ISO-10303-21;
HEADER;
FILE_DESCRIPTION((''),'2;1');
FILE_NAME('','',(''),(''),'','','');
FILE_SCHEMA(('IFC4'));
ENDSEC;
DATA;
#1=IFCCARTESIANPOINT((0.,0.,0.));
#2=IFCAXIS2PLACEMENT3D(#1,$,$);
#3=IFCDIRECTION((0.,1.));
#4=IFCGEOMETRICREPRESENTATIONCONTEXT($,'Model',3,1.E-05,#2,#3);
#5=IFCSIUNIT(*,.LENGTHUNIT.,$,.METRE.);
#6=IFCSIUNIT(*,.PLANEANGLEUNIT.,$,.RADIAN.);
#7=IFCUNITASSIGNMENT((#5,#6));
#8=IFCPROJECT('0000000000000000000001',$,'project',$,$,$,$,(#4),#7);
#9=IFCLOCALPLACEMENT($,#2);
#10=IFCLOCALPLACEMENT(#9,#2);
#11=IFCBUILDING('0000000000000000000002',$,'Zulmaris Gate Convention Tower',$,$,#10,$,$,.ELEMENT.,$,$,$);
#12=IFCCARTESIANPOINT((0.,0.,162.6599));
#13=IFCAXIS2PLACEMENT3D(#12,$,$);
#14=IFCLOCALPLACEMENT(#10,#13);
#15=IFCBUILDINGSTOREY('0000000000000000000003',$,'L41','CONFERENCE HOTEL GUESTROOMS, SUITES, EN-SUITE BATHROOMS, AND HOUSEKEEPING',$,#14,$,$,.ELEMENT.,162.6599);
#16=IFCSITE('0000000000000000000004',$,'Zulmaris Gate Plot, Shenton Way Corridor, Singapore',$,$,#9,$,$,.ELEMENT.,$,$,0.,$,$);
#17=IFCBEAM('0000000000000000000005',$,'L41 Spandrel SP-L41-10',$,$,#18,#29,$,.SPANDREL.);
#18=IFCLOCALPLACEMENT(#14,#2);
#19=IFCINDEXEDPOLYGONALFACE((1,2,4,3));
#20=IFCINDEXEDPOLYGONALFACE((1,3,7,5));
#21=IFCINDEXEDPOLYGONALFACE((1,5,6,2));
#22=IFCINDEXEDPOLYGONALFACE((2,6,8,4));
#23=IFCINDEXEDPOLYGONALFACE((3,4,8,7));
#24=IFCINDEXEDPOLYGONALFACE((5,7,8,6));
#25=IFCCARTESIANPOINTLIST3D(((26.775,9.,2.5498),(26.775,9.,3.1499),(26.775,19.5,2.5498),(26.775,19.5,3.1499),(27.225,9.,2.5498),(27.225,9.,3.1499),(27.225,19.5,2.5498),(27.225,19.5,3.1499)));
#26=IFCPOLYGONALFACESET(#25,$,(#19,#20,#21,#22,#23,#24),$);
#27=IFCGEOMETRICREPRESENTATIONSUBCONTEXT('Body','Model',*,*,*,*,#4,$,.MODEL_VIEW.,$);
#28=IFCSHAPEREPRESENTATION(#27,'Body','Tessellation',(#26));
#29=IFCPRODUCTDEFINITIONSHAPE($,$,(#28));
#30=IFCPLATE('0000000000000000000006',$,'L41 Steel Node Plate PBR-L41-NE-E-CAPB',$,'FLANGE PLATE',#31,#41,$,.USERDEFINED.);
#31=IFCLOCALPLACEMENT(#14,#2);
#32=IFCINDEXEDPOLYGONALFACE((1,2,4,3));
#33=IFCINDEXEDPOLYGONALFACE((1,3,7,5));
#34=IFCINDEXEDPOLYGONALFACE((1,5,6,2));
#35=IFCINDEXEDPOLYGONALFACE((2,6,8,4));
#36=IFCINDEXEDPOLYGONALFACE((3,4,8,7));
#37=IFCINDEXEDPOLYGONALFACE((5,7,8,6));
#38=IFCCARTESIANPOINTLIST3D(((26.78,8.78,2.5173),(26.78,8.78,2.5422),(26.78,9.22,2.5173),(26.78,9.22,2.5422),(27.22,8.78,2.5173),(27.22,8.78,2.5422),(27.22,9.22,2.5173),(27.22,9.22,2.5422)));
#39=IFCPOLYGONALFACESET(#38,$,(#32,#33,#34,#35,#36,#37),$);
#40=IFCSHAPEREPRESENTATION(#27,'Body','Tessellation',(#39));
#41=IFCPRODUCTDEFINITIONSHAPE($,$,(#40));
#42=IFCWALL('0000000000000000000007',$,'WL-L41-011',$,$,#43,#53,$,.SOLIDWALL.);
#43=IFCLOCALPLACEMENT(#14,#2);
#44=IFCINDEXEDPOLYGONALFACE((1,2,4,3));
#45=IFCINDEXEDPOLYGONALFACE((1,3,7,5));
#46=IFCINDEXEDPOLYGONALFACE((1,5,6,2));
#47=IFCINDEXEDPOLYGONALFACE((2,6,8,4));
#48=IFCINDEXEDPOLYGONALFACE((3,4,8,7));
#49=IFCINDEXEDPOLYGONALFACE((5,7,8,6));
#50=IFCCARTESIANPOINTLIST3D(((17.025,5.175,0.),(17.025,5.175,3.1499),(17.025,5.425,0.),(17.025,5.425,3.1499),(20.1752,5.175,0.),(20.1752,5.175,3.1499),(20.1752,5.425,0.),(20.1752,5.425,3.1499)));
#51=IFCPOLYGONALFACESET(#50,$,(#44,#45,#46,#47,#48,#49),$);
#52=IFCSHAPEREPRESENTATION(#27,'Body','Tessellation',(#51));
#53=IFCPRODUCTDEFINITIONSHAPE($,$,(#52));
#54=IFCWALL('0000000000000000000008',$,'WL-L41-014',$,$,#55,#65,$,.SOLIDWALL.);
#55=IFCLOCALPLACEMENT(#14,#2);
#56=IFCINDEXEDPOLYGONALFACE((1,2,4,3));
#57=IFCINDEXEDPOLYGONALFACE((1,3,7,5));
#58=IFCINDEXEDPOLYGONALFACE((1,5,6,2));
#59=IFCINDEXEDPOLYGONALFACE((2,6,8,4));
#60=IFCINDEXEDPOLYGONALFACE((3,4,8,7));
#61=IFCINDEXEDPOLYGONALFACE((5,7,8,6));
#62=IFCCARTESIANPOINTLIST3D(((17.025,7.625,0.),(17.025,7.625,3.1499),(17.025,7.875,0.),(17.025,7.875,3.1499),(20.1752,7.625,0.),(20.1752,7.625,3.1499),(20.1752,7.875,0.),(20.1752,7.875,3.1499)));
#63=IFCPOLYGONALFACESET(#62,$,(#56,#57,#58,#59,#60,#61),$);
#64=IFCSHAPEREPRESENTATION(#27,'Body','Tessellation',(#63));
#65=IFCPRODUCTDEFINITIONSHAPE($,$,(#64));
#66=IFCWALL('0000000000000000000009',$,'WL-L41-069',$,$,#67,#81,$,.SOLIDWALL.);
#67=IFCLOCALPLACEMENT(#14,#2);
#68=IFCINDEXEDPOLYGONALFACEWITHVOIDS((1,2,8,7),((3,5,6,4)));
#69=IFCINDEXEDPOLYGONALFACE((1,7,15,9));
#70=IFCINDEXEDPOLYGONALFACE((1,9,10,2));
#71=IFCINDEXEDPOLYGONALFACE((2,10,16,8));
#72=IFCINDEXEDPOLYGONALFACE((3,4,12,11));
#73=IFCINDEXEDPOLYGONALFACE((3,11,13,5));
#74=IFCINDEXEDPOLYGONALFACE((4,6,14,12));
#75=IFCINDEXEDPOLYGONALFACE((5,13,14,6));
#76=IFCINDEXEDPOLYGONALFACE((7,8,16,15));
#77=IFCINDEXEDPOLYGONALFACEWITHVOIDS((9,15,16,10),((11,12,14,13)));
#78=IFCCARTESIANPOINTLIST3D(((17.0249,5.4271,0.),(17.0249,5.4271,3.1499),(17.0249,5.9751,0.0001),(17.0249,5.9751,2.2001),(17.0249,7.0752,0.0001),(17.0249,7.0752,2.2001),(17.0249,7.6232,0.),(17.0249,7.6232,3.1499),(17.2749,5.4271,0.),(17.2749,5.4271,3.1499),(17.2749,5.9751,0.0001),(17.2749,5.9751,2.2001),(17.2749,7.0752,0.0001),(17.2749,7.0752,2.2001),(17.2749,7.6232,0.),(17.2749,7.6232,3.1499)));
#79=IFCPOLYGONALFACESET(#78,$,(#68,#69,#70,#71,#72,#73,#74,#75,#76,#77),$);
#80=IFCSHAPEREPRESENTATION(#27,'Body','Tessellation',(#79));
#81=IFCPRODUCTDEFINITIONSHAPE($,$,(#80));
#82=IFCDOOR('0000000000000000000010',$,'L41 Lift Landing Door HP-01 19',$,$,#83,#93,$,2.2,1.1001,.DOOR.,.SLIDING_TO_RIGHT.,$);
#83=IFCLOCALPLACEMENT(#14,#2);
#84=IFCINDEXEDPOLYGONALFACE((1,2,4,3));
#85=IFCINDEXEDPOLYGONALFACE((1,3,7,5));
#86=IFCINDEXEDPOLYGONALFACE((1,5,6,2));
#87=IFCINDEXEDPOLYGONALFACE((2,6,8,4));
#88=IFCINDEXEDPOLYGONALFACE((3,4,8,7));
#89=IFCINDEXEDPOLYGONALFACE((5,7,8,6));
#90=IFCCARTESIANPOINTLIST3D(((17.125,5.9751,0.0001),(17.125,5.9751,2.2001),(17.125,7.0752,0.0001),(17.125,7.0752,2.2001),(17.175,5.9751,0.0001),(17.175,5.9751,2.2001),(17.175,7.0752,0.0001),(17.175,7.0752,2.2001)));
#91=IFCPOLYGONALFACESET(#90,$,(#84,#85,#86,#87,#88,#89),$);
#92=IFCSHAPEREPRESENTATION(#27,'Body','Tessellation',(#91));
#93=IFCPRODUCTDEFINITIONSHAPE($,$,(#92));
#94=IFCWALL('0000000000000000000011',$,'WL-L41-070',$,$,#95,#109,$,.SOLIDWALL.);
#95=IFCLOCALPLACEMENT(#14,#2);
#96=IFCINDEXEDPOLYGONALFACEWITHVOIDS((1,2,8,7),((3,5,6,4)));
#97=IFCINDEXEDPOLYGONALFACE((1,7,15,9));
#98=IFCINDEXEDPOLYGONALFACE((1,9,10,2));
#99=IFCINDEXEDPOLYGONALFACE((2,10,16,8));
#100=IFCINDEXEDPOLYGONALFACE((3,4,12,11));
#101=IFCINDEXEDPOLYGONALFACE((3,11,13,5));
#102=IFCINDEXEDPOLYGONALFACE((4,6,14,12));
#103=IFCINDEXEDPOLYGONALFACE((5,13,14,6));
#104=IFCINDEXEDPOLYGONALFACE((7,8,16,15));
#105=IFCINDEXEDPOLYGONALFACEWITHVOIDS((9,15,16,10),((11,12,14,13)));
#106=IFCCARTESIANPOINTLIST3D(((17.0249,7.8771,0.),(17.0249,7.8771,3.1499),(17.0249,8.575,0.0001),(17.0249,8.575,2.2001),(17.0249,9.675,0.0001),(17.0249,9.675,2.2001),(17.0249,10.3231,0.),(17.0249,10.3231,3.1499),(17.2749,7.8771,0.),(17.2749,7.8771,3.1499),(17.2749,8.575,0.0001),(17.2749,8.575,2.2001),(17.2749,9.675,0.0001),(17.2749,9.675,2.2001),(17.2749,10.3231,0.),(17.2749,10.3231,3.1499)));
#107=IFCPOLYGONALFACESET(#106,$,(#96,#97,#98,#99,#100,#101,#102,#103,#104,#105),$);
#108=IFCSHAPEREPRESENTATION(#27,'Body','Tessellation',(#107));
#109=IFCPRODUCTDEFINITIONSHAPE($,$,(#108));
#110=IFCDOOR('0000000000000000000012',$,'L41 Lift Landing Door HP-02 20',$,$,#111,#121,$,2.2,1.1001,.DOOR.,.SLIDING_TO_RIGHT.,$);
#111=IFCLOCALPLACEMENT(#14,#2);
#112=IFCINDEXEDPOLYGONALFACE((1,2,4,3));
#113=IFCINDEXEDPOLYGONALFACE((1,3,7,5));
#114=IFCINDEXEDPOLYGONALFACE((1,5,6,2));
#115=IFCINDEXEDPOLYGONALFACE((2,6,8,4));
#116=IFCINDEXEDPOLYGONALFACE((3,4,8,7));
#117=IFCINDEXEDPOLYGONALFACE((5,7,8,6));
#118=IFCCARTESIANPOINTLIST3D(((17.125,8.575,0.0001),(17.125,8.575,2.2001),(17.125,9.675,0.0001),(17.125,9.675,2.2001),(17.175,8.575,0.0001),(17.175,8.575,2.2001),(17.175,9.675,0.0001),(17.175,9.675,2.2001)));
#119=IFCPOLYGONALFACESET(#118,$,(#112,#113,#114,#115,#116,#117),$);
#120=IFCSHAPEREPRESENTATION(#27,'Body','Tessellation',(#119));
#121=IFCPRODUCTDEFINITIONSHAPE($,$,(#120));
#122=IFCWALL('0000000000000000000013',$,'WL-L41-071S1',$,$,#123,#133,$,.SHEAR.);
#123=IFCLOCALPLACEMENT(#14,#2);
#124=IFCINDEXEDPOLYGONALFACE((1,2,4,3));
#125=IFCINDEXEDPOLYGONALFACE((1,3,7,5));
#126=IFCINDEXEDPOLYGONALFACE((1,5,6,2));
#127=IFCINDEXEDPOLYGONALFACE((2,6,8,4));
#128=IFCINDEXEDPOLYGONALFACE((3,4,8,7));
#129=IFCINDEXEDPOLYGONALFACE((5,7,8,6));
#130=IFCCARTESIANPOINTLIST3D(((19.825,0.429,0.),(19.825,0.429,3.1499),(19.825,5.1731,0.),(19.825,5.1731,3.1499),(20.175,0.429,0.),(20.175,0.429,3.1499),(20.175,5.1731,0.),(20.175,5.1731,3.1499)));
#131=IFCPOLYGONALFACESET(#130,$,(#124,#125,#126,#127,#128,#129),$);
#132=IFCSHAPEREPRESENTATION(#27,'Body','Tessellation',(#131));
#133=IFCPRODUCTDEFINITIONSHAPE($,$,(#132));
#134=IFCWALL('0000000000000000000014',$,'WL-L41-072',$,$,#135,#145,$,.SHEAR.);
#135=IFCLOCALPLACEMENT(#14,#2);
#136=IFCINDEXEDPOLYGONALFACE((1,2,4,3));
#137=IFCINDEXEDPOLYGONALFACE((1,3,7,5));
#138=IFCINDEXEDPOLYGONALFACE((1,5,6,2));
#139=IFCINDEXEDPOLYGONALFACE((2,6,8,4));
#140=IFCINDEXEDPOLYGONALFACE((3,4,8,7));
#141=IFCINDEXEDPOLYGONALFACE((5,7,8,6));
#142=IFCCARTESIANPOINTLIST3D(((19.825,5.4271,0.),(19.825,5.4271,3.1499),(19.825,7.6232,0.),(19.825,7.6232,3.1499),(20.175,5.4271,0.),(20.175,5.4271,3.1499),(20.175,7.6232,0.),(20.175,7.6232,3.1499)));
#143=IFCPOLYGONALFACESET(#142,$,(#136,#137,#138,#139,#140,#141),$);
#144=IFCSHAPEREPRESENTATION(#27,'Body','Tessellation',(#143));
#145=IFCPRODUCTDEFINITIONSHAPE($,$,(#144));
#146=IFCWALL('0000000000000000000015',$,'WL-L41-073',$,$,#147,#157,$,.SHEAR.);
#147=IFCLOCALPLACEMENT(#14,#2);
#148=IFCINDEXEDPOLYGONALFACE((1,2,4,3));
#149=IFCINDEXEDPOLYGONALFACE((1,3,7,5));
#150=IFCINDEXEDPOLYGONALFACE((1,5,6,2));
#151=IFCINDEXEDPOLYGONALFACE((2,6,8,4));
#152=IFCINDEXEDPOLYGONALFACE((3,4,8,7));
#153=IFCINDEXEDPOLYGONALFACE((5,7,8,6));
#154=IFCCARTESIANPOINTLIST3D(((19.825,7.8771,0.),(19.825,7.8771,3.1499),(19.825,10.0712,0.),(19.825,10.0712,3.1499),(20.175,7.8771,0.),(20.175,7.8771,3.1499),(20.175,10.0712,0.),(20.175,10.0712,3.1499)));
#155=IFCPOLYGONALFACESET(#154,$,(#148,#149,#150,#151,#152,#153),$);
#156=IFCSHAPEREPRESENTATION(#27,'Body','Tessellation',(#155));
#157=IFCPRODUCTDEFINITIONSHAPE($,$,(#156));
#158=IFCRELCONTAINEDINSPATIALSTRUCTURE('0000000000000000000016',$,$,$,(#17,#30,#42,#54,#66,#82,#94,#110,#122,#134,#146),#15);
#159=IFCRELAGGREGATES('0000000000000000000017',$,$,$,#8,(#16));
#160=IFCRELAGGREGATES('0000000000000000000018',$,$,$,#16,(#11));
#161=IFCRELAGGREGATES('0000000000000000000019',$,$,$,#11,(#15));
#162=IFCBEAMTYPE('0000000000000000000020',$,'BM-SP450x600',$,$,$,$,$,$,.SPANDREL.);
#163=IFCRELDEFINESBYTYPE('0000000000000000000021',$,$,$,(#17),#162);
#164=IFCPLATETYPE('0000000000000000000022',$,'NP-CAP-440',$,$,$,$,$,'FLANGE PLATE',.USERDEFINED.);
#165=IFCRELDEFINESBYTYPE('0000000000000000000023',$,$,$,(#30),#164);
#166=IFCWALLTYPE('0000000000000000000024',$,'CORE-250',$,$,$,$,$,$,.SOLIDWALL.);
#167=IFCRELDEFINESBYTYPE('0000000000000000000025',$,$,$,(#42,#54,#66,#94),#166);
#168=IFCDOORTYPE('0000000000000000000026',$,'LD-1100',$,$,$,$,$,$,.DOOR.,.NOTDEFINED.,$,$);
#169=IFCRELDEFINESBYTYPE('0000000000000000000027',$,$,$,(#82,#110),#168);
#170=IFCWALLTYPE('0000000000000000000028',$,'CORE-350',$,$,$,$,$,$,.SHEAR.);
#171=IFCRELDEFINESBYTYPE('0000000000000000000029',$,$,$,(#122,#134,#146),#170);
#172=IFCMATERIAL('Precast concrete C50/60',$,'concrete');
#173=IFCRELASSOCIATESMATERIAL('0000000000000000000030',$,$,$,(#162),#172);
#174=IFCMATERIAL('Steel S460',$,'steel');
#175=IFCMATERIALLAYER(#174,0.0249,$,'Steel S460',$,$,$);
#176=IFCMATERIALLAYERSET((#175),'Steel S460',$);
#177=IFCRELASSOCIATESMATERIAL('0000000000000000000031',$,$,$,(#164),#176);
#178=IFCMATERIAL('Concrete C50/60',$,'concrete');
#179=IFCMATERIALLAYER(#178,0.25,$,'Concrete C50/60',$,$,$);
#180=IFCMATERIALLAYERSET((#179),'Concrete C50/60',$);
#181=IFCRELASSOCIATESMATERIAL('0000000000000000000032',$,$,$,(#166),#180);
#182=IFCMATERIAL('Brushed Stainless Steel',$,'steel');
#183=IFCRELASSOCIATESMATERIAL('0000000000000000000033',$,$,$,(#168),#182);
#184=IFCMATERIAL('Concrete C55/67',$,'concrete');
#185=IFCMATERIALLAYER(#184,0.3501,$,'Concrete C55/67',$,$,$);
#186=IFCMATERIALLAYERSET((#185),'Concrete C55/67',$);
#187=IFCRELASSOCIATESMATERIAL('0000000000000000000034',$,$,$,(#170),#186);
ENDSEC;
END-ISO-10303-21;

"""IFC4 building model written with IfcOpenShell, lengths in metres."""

from ifc_helpers import new_model, si_unit, direction, frame, frame_2d, origin, origin_2d, place, context, subcontext, project, spatial, rectangle, extrude, material, layer, layer_set, material_profile, profile_set, type_object, element, fill, save


model = new_model("IFC4")

# Units and contexts
model_context = context("Model", 3, precision=1e-05, world=origin(), true_north=direction((0.0, 1.0)))
body_context = subcontext(model_context, "Body", "Model", "MODEL_VIEW")
ifc_project = project(units=[si_unit("LENGTHUNIT", "METRE"), si_unit("PLANEANGLEUNIT", "RADIAN")], contexts=[model_context])

# Site, building, storey
site_placement = place(None, origin())
site = spatial("IfcSite", under=ifc_project, at=site_placement, Name="Zulmaris Gate Plot, Shenton Way Corridor, Singapore", CompositionType="ELEMENT", RefElevation=0.0)
building_placement = place(site_placement, origin())
building = spatial("IfcBuilding", under=site, at=building_placement, Name="Zulmaris Gate Convention Tower", CompositionType="ELEMENT")
storey_placement = place(building_placement, frame((0.0, 0.0, 162.6599)))
storey = spatial("IfcBuildingStorey", under=building, at=storey_placement, Name="L41", Description="CONFERENCE HOTEL GUESTROOMS, SUITES, EN-SUITE BATHROOMS, AND HOUSEKEEPING", CompositionType="ELEMENT", Elevation=162.6599)

# Beam
ifc_material_1 = material(Name="Concrete C50/60", Category="concrete")
ifc_material_2 = material(Name="Precast concrete C50/60", Category="concrete")
ifc_material_profile_1 = material_profile(ifc_material_2, rectangle(XDim=0.45, YDim=0.6001, at=origin_2d()), Name="RC SPANDREL 450x600")
ifc_profile_set_1 = profile_set([ifc_material_profile_1], Name="Precast concrete C50/60")
beam_type_1 = type_object("IfcBeamType", Name="BM-SP450x600", PredefinedType="SPANDREL", material=ifc_profile_set_1)
beam_1_placement = place(storey_placement, frame((27.0, 9.0, 2.8499), z_axis=(0.0, 1.0, 0.0), x_axis=(-1.0, 0.0, 0.0)))
element("IfcBeam", 1, at=beam_1_placement, inside=storey, type_object=beam_type_1, Name="L41 Spandrel SP-L41-10", PredefinedType="SPANDREL", context=body_context, shape_type="SweptSolid", body=[
    extrude(rectangle(XDim=0.45, YDim=0.6001, at=origin_2d()), origin(), (0.0, 0.0, 1.0), 10.5),
])

# Plate
ifc_material_3 = material(Name="Steel S460", Category="steel")
ifc_layer_1 = layer(ifc_material_3, 0.0249, Name="Steel S460")
ifc_layer_set_1 = layer_set([ifc_layer_1], Name="Steel S460")
plate_type = type_object("IfcPlateType", Name="NP-CAP-440", ElementType="FLANGE PLATE", PredefinedType="USERDEFINED", material=ifc_layer_set_1)
plate_placement = place(storey_placement, frame((27.0, 9.0, 2.5173), z_axis=(0.0, 0.0, 1.0), x_axis=(1.0, 0.0, 0.0)))
element("IfcPlate", 2, at=plate_placement, inside=storey, type_object=plate_type, Name="L41 Steel Node Plate PBR-L41-NE-E-CAPB", ObjectType="FLANGE PLATE", PredefinedType="USERDEFINED", context=body_context, shape_type="SweptSolid", body=[
    extrude(rectangle(XDim=0.4399, YDim=0.4399, at=origin_2d()), origin(), (0.0, 0.0, 1.0), 0.0249),
])

# Walls
ifc_layer_2 = layer(ifc_material_1, 0.25, Name="Concrete C50/60")
ifc_layer_set_2 = layer_set([ifc_layer_2], Name="Concrete C50/60")
wall_type_1 = type_object("IfcWallType", Name="CORE-250", PredefinedType="SOLIDWALL", material=ifc_layer_set_2)
for number, where, z_axis, x_axis, name in (
    (3, (17.0249, 5.3, 0.0), (0.0, 0.0, 1.0), (1.0, 0.0, 0.0), "WL-L41-011"),
    (4, (17.0249, 7.75, 0.0), (0.0, 0.0, 1.0), (1.0, 0.0, 0.0), "WL-L41-014"),
):
    element("IfcWall", number, at=place(storey_placement, frame(where, z_axis=z_axis, x_axis=x_axis)), inside=storey, type_object=wall_type_1, Name=name, PredefinedType="SOLIDWALL", context=body_context, shape_type="SweptSolid", body=[
        extrude(rectangle(XDim=3.1501, YDim=0.25, at=frame_2d((1.5752, 0.0))), origin(), (0.0, 0.0, 1.0), 3.1499),
    ])

# Walls, openings, doors
wall_1_placement = place(storey_placement, frame((17.1499, 5.427, 0.0), z_axis=(0.0, 0.0, 1.0), x_axis=(0.0, 1.0, 0.0)))
wall_1 = element("IfcWall", 5, at=wall_1_placement, inside=storey, type_object=wall_type_1, Name="WL-L41-069", PredefinedType="SOLIDWALL", context=body_context, shape_type="SweptSolid", body=[
    extrude(rectangle(XDim=2.196, YDim=0.25, at=frame_2d((1.0981, 0.0))), origin(), (0.0, 0.0, 1.0), 3.1499),
])
opening_1_placement = place(wall_1_placement, frame((0.5481, 0.0, 0.0)))
opening_1 = element("IfcOpeningElement", 6, at=opening_1_placement, cuts=wall_1, PredefinedType="OPENING", context=body_context, shape_type="SweptSolid", body=[
    extrude(rectangle(XDim=1.1001, YDim=2.2, at=frame_2d((0.55, 1.1001))), frame((0.0, 0.135, 0.0), z_axis=(0.0, -1.0, 0.0), x_axis=(1.0, 0.0, 0.0)), (0.0, 0.0, 1.0), 0.27),
])
ifc_material_4 = material(Name="Brushed Stainless Steel", Category="steel")
door_type = type_object("IfcDoorType", Name="LD-1100", OperationType="NOTDEFINED", PredefinedType="DOOR", material=ifc_material_4)
door_1_placement = place(opening_1_placement, origin())
door_1 = element("IfcDoor", 7, at=door_1_placement, inside=storey, type_object=door_type, Name="L41 Lift Landing Door HP-01 19", OperationType="SLIDING_TO_RIGHT", OverallHeight=2.2, OverallWidth=1.1001, PredefinedType="DOOR", context=body_context, shape_type="SweptSolid", body=[
    extrude(rectangle(XDim=1.1001, YDim=2.2, at=frame_2d((0.55, 1.1001))), frame((0.0, 0.0249, 0.0), z_axis=(0.0, -1.0, 0.0), x_axis=(1.0, 0.0, 0.0)), (0.0, 0.0, 1.0), 0.05),
])
fill(opening_1, door_1)
wall_2_placement = place(storey_placement, frame((17.1499, 7.877, 0.0), z_axis=(0.0, 0.0, 1.0), x_axis=(0.0, 1.0, 0.0)))
wall_2 = element("IfcWall", 8, at=wall_2_placement, inside=storey, type_object=wall_type_1, Name="WL-L41-070", PredefinedType="SOLIDWALL", context=body_context, shape_type="SweptSolid", body=[
    extrude(rectangle(XDim=2.446, YDim=0.25, at=frame_2d((1.2231, 0.0))), origin(), (0.0, 0.0, 1.0), 3.1499),
])
opening_2_placement = place(wall_2_placement, frame((0.698, 0.0, 0.0)))
opening_2 = element("IfcOpeningElement", 9, at=opening_2_placement, cuts=wall_2, PredefinedType="OPENING", context=body_context, shape_type="SweptSolid", body=[
    extrude(rectangle(XDim=1.1001, YDim=2.2, at=frame_2d((0.55, 1.1001))), frame((0.0, 0.135, 0.0), z_axis=(0.0, -1.0, 0.0), x_axis=(1.0, 0.0, 0.0)), (0.0, 0.0, 1.0), 0.27),
])
door_2_placement = place(opening_2_placement, origin())
door_2 = element("IfcDoor", 10, at=door_2_placement, inside=storey, type_object=door_type, Name="L41 Lift Landing Door HP-02 20", OperationType="SLIDING_TO_RIGHT", OverallHeight=2.2, OverallWidth=1.1001, PredefinedType="DOOR", context=body_context, shape_type="SweptSolid", body=[
    extrude(rectangle(XDim=1.1001, YDim=2.2, at=frame_2d((0.55, 1.1001))), frame((0.0, 0.0249, 0.0), z_axis=(0.0, -1.0, 0.0), x_axis=(1.0, 0.0, 0.0)), (0.0, 0.0, 1.0), 0.05),
])
fill(opening_2, door_2)

# Walls
ifc_material_5 = material(Name="Concrete C55/67", Category="concrete")
ifc_layer_3 = layer(ifc_material_5, 0.3501, Name="Concrete C55/67")
ifc_layer_set_3 = layer_set([ifc_layer_3], Name="Concrete C55/67")
wall_type_2 = type_object("IfcWallType", Name="CORE-350", PredefinedType="SHEAR", material=ifc_layer_set_3)
wall_3_placement = place(storey_placement, frame((20.0, 0.429, 0.0), z_axis=(0.0, 0.0, 1.0), x_axis=(0.0, 1.0, 0.0)))
element("IfcWall", 11, at=wall_3_placement, inside=storey, type_object=wall_type_2, Name="WL-L41-071S1", PredefinedType="SHEAR", context=body_context, shape_type="SweptSolid", body=[
    extrude(rectangle(XDim=4.7441, YDim=0.3501, at=frame_2d((2.3721, 0.0))), origin(), (0.0, 0.0, 1.0), 3.1499),
])
wall_4_placement = place(storey_placement, frame((20.0, 5.427, 0.0), z_axis=(0.0, 0.0, 1.0), x_axis=(0.0, 1.0, 0.0)))
element("IfcWall", 12, at=wall_4_placement, inside=storey, type_object=wall_type_2, Name="WL-L41-072", PredefinedType="SHEAR", context=body_context, shape_type="SweptSolid", body=[
    extrude(rectangle(XDim=2.196, YDim=0.3501, at=frame_2d((1.0981, 0.0))), origin(), (0.0, 0.0, 1.0), 3.1499),
])
wall_5_placement = place(storey_placement, frame((20.0, 7.877, 0.0), z_axis=(0.0, 0.0, 1.0), x_axis=(0.0, 1.0, 0.0)))
element("IfcWall", 13, at=wall_5_placement, inside=storey, type_object=wall_type_2, Name="WL-L41-073", PredefinedType="SHEAR", context=body_context, shape_type="SweptSolid", body=[
    extrude(rectangle(XDim=2.1941, YDim=0.3501, at=frame_2d((1.0972, 0.0))), origin(), (0.0, 0.0, 1.0), 3.1499),
])

save(model, "model.ifc")
